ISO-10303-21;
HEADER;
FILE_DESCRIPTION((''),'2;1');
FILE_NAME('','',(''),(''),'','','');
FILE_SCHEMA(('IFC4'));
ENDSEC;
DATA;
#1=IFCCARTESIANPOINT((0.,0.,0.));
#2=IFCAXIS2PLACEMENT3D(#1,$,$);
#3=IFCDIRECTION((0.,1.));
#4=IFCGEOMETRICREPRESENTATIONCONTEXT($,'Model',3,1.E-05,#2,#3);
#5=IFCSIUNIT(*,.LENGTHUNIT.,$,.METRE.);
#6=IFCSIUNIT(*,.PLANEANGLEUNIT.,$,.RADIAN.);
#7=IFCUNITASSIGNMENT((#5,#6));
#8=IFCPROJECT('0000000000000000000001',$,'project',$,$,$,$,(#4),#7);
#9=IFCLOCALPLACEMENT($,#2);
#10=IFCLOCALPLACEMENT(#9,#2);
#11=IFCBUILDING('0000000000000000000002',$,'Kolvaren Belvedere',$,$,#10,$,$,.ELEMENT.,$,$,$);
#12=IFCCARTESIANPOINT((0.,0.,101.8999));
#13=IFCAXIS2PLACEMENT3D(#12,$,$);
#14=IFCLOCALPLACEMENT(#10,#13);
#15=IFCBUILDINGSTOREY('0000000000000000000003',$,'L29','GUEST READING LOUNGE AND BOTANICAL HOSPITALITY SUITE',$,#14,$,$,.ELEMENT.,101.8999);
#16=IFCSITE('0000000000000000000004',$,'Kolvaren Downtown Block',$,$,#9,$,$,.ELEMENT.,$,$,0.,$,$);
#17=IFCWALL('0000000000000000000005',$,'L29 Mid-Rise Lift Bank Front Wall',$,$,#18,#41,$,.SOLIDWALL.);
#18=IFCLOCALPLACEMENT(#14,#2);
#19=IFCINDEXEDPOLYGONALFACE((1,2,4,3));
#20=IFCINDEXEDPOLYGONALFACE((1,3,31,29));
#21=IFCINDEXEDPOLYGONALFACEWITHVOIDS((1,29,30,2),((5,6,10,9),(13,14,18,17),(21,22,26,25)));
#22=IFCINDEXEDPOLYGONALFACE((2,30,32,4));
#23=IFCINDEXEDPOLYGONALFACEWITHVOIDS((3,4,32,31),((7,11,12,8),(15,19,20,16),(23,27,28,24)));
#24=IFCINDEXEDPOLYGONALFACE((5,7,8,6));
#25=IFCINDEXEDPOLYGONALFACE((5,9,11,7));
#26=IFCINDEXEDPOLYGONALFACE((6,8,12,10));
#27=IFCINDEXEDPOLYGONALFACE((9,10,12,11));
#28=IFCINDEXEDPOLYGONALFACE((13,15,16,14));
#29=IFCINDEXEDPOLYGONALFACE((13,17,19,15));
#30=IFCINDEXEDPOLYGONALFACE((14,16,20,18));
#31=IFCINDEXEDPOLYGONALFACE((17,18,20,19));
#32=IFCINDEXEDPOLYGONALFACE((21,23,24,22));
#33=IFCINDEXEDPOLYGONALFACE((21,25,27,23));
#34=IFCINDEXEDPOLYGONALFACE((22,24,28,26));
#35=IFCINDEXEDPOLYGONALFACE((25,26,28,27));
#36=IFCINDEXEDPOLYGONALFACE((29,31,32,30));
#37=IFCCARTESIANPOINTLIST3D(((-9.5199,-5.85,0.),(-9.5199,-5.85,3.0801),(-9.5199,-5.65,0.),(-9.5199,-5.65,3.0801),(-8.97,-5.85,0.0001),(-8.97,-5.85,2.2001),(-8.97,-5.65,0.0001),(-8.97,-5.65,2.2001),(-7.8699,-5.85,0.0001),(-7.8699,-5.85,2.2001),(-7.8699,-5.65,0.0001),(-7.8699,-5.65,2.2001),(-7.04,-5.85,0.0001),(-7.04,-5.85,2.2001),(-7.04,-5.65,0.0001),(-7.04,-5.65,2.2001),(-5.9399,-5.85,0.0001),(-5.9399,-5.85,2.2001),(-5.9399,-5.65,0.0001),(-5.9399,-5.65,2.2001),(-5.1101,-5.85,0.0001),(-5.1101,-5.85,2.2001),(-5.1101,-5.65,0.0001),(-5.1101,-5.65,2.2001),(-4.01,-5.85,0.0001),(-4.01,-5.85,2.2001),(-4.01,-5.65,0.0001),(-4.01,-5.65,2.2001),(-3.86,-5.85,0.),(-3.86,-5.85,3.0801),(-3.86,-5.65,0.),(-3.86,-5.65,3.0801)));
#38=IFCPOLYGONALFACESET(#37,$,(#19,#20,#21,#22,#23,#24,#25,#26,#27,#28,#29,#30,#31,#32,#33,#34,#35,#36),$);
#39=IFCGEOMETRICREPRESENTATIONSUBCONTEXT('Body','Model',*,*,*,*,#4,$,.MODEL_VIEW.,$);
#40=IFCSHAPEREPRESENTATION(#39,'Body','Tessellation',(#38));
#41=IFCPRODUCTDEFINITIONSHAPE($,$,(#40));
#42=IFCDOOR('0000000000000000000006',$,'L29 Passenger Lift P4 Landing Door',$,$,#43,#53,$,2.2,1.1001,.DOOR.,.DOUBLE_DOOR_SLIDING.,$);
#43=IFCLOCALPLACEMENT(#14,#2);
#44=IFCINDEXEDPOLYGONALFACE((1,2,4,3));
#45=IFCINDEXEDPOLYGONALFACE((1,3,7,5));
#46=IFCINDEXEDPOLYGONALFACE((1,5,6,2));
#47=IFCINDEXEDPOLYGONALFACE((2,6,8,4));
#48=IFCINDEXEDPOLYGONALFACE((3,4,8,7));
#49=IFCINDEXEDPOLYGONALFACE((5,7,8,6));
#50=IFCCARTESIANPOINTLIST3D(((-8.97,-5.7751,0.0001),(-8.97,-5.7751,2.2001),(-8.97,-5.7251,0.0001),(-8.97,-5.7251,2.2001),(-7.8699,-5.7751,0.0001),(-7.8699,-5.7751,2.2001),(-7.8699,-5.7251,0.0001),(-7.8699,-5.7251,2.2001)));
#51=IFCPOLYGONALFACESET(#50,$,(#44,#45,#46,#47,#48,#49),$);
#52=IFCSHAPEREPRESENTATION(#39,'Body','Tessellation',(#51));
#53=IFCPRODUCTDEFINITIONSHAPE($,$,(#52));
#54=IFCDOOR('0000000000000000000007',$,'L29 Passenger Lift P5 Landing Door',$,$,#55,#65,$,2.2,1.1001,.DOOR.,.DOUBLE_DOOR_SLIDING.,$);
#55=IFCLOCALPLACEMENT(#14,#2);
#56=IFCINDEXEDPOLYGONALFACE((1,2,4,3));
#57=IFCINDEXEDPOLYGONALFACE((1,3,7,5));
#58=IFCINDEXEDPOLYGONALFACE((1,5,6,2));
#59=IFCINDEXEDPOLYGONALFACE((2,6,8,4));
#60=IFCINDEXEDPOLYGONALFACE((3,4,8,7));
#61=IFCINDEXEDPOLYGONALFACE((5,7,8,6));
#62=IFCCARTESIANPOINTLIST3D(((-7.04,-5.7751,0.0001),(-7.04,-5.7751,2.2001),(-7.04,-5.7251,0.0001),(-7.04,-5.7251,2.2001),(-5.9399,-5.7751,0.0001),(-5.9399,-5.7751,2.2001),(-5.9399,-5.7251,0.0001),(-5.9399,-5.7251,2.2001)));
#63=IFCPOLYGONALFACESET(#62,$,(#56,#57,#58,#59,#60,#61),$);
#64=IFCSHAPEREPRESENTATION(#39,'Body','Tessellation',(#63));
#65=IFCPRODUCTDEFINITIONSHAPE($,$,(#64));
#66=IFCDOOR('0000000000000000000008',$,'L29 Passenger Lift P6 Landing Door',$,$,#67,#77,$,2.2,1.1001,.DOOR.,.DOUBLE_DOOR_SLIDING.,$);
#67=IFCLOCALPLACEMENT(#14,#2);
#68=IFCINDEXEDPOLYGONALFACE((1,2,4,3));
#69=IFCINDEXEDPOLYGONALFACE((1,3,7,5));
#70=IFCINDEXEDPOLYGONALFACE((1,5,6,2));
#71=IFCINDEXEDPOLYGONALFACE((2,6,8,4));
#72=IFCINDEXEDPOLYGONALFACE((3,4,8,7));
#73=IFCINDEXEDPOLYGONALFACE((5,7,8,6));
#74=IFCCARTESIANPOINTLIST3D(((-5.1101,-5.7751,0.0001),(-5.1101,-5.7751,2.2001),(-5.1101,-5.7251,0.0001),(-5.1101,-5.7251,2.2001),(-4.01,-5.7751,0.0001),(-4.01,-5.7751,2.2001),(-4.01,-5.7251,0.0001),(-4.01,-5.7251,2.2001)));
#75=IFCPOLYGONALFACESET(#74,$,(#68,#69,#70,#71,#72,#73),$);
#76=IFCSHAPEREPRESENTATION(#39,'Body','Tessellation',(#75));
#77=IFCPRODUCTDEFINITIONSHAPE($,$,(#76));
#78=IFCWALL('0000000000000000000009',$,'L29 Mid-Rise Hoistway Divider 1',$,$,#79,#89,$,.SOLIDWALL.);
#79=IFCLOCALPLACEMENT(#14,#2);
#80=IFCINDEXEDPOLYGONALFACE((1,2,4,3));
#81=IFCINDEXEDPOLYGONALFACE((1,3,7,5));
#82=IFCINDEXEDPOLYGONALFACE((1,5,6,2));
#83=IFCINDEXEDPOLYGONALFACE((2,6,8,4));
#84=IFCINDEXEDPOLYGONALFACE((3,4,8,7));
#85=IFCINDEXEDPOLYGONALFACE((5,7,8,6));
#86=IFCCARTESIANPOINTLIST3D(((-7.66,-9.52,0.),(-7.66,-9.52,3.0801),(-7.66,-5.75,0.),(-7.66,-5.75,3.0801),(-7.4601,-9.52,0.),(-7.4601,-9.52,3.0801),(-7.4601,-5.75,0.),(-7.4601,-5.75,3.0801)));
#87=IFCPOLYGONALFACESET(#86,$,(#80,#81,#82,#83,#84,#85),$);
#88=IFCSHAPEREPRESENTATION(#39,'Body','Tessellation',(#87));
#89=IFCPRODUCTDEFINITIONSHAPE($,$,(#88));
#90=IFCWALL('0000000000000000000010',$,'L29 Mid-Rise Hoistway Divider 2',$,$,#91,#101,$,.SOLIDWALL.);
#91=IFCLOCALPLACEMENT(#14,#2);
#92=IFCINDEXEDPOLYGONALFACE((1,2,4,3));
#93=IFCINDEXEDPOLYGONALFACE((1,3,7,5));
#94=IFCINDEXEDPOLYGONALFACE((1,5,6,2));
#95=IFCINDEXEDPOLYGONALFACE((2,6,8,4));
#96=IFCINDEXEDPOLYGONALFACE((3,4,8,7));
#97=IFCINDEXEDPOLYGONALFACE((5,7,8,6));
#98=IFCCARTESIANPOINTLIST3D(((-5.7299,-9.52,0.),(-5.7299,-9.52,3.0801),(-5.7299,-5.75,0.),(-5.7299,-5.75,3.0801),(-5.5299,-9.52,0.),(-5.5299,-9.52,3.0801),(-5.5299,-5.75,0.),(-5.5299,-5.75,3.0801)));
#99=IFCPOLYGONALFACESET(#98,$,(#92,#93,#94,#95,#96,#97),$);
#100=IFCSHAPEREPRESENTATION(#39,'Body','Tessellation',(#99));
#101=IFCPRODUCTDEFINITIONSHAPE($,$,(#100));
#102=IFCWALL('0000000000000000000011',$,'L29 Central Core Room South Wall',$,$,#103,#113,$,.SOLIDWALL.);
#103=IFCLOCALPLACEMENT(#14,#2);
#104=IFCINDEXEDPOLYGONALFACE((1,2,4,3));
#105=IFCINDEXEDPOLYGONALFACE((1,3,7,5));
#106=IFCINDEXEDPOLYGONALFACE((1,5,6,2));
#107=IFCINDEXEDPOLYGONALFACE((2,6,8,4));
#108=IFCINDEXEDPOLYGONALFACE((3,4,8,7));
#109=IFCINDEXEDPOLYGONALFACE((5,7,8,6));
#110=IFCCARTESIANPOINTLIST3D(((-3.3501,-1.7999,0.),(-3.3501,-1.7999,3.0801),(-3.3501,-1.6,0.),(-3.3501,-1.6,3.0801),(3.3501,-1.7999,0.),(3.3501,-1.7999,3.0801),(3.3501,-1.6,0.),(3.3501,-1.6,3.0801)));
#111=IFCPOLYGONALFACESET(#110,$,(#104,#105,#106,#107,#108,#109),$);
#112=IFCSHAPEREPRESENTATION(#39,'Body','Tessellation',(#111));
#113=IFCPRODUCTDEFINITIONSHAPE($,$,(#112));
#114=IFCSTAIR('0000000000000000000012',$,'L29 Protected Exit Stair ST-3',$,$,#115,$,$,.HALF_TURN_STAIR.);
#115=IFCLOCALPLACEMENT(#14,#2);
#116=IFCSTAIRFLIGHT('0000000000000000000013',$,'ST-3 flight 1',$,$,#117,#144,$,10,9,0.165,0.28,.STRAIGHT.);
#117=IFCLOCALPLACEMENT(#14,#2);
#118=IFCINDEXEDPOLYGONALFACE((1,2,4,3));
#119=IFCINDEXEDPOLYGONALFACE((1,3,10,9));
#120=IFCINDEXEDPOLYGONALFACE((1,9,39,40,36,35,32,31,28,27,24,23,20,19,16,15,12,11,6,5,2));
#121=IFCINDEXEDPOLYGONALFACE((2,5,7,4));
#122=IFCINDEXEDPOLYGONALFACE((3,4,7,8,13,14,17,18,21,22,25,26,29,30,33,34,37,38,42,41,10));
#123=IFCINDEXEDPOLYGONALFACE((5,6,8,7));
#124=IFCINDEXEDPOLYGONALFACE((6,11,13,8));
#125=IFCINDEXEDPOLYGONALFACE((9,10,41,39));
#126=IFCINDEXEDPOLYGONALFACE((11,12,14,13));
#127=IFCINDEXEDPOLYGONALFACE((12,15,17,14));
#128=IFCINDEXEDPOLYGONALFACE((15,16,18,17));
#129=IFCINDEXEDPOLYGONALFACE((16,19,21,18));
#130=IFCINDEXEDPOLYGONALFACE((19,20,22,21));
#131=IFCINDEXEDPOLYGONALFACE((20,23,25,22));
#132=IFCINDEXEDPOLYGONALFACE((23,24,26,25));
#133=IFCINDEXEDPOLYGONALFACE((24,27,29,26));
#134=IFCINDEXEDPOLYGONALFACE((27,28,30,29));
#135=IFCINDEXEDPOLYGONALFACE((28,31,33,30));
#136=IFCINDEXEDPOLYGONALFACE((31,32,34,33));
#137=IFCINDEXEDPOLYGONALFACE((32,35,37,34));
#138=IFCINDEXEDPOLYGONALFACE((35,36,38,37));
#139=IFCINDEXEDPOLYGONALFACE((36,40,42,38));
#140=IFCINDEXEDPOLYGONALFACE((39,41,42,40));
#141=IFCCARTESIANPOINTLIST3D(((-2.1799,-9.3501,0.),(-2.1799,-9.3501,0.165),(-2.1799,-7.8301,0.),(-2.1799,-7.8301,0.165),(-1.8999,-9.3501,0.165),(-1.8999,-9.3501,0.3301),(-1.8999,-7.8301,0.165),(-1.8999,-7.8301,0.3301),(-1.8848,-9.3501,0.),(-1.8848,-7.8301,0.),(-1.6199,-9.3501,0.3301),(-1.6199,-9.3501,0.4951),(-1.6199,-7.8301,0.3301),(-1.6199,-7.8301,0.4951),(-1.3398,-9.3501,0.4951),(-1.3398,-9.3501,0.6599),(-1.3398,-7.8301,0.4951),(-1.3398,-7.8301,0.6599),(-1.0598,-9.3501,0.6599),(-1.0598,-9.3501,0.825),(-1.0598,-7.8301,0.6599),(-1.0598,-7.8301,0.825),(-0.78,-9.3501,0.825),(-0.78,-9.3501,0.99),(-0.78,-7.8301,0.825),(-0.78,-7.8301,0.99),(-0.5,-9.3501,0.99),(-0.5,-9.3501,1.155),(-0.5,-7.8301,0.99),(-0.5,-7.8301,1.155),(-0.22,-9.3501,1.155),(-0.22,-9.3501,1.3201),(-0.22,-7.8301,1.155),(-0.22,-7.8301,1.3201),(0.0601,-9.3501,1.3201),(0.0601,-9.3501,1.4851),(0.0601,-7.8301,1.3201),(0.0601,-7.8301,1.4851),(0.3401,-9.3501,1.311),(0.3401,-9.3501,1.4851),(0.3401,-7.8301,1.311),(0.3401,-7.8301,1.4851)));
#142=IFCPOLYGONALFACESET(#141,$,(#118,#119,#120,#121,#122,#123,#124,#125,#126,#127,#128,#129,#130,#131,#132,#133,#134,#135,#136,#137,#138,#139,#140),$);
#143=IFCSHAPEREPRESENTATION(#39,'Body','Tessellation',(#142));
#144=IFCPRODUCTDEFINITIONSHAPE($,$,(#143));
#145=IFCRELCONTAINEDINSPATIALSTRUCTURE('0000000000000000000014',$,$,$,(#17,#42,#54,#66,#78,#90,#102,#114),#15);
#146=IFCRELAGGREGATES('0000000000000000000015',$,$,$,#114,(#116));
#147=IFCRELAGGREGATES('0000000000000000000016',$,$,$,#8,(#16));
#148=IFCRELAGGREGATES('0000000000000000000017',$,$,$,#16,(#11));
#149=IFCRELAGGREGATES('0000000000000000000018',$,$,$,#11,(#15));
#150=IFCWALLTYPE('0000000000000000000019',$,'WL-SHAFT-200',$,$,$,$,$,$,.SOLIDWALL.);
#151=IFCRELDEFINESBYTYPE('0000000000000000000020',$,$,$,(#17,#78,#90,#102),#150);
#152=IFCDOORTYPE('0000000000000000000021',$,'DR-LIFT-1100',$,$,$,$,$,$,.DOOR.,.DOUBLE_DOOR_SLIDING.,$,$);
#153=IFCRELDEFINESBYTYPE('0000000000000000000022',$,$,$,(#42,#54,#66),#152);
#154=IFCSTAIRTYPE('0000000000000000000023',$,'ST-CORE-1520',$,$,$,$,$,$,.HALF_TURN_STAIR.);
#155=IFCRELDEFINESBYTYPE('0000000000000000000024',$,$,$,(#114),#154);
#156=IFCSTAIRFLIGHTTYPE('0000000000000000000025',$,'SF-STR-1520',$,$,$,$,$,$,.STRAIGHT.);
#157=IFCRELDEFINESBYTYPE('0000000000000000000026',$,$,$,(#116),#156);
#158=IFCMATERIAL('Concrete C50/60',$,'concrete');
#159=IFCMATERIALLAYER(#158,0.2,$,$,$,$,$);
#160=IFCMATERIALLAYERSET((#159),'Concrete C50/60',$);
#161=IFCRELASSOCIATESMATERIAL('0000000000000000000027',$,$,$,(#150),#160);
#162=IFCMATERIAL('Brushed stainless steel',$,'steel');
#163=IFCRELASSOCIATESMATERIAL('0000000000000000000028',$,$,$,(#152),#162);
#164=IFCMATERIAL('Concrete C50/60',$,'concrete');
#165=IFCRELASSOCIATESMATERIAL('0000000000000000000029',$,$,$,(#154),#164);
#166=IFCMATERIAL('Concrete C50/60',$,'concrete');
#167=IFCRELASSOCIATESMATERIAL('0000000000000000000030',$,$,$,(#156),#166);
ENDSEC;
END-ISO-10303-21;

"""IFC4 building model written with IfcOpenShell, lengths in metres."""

from ifc_helpers import new_model, si_unit, direction, frame, frame_2d, origin, place, context, subcontext, project, spatial, polyline, rectangle, outline, extrude, material, layer, layer_set, type_object, element, fill, aggregate, save


model = new_model("IFC4")

# Units and contexts
model_context = context("Model", 3, precision=1e-05, world=origin(), true_north=direction((0.0, 1.0)))
body_context = subcontext(model_context, "Body", "Model", "MODEL_VIEW")
ifc_project = project(units=[si_unit("LENGTHUNIT", "METRE"), si_unit("PLANEANGLEUNIT", "RADIAN")], contexts=[model_context])

# Site, building, storey
site_placement = place(None, origin())
site = spatial("IfcSite", under=ifc_project, at=site_placement, Name="Kolvaren Downtown Block", CompositionType="ELEMENT", RefElevation=0.0)
building_placement = place(site_placement, origin())
building = spatial("IfcBuilding", under=site, at=building_placement, Name="Kolvaren Belvedere", CompositionType="ELEMENT")
storey_placement = place(building_placement, frame((0.0, 0.0, 101.8999)))
storey = spatial("IfcBuildingStorey", under=building, at=storey_placement, Name="L29", Description="GUEST READING LOUNGE AND BOTANICAL HOSPITALITY SUITE", CompositionType="ELEMENT", Elevation=101.8999)

# Shared definitions
ifc_material_1 = material(Name="Concrete C50/60", Category="concrete")
ifc_layer_1 = layer(ifc_material_1, 0.2)
ifc_layer_set_1 = layer_set([ifc_layer_1], Name="Concrete C50/60")
wall_type_1 = type_object("IfcWallType", Name="WL-SHAFT-200", PredefinedType="SOLIDWALL", material=ifc_layer_set_1)
ifc_material_2 = material(Name="Brushed stainless steel", Category="steel")
door_type_1 = type_object("IfcDoorType", Name="DR-LIFT-1100", OperationType="DOUBLE_DOOR_SLIDING", PredefinedType="DOOR", material=ifc_material_2)

# Wall, openings, doors
wall_1_placement = place(storey_placement, frame((-9.52, -5.75, 0.0), z_axis=(0.0, 0.0, 1.0), x_axis=(1.0, 0.0, 0.0)))
wall_1 = element("IfcWall", 1, at=wall_1_placement, inside=storey, type_object=wall_type_1, Name="L29 Mid-Rise Lift Bank Front Wall", PredefinedType="SOLIDWALL", context=body_context, shape_type="SweptSolid", body=[
    extrude(rectangle(XDim=5.6599, YDim=0.2, at=frame_2d((2.8301, 0.0))), origin(), (0.0, 0.0, 1.0), 3.0801),
])
opening_1_placement = place(wall_1_placement, frame((0.55, 0.0, 0.0)))
opening_1 = element("IfcOpeningElement", 2, at=opening_1_placement, cuts=wall_1, PredefinedType="OPENING", context=body_context, shape_type="SweptSolid", body=[
    extrude(rectangle(XDim=1.1001, YDim=2.2, at=frame_2d((0.55, 1.1001))), frame((0.0, 0.1099, 0.0), z_axis=(0.0, -1.0, 0.0), x_axis=(1.0, 0.0, 0.0)), (0.0, 0.0, 1.0), 0.22),
])
opening_2_placement = place(wall_1_placement, frame((2.48, 0.0, 0.0)))
opening_2 = element("IfcOpeningElement", 3, at=opening_2_placement, cuts=wall_1, PredefinedType="OPENING", context=body_context, shape_type="SweptSolid", body=[
    extrude(rectangle(XDim=1.1001, YDim=2.2, at=frame_2d((0.55, 1.1001))), frame((0.0, 0.1099, 0.0), z_axis=(0.0, -1.0, 0.0), x_axis=(1.0, 0.0, 0.0)), (0.0, 0.0, 1.0), 0.22),
])
opening_3_placement = place(wall_1_placement, frame((4.4099, 0.0, 0.0)))
opening_3 = element("IfcOpeningElement", 4, at=opening_3_placement, cuts=wall_1, PredefinedType="OPENING", context=body_context, shape_type="SweptSolid", body=[
    extrude(rectangle(XDim=1.1001, YDim=2.2, at=frame_2d((0.55, 1.1001))), frame((0.0, 0.1099, 0.0), z_axis=(0.0, -1.0, 0.0), x_axis=(1.0, 0.0, 0.0)), (0.0, 0.0, 1.0), 0.22),
])
door_1_placement = place(opening_1_placement, origin())
door_1 = element("IfcDoor", 5, at=door_1_placement, inside=storey, type_object=door_type_1, Name="L29 Passenger Lift P4 Landing Door", OperationType="DOUBLE_DOOR_SLIDING", OverallHeight=2.2, OverallWidth=1.1001, PredefinedType="DOOR", context=body_context, shape_type="SweptSolid", body=[
    extrude(rectangle(XDim=1.1001, YDim=2.2, at=frame_2d((0.55, 1.1001))), frame((0.0, 0.0249, 0.0), z_axis=(0.0, -1.0, 0.0), x_axis=(1.0, 0.0, 0.0)), (0.0, 0.0, 1.0), 0.05),
])
fill(opening_1, door_1)
door_2_placement = place(opening_2_placement, origin())
door_2 = element("IfcDoor", 6, at=door_2_placement, inside=storey, type_object=door_type_1, Name="L29 Passenger Lift P5 Landing Door", OperationType="DOUBLE_DOOR_SLIDING", OverallHeight=2.2, OverallWidth=1.1001, PredefinedType="DOOR", context=body_context, shape_type="SweptSolid", body=[
    extrude(rectangle(XDim=1.1001, YDim=2.2, at=frame_2d((0.55, 1.1001))), frame((0.0, 0.0249, 0.0), z_axis=(0.0, -1.0, 0.0), x_axis=(1.0, 0.0, 0.0)), (0.0, 0.0, 1.0), 0.05),
])
fill(opening_2, door_2)
door_3_placement = place(opening_3_placement, origin())
door_3 = element("IfcDoor", 7, at=door_3_placement, inside=storey, type_object=door_type_1, Name="L29 Passenger Lift P6 Landing Door", OperationType="DOUBLE_DOOR_SLIDING", OverallHeight=2.2, OverallWidth=1.1001, PredefinedType="DOOR", context=body_context, shape_type="SweptSolid", body=[
    extrude(rectangle(XDim=1.1001, YDim=2.2, at=frame_2d((0.55, 1.1001))), frame((0.0, 0.0249, 0.0), z_axis=(0.0, -1.0, 0.0), x_axis=(1.0, 0.0, 0.0)), (0.0, 0.0, 1.0), 0.05),
])
fill(opening_3, door_3)

# Walls
for number, where, z_axis, x_axis, name in (
    (8, (-7.5601, -9.52, 0.0), (0.0, 0.0, 1.0), (0.0, 1.0, 0.0), "L29 Mid-Rise Hoistway Divider 1"),
    (9, (-5.6299, -9.52, 0.0), (0.0, 0.0, 1.0), (0.0, 1.0, 0.0), "L29 Mid-Rise Hoistway Divider 2"),
):
    element("IfcWall", number, at=place(storey_placement, frame(where, z_axis=z_axis, x_axis=x_axis)), inside=storey, type_object=wall_type_1, Name=name, PredefinedType="SOLIDWALL", context=body_context, shape_type="SweptSolid", body=[
        extrude(rectangle(XDim=3.77, YDim=0.2, at=frame_2d((1.885, 0.0))), origin(), (0.0, 0.0, 1.0), 3.0801),
    ])
wall_2_placement = place(storey_placement, frame((-3.3501, -1.7, 0.0), z_axis=(0.0, 0.0, 1.0), x_axis=(1.0, 0.0, 0.0)))
element("IfcWall", 10, at=wall_2_placement, inside=storey, type_object=wall_type_1, Name="L29 Central Core Room South Wall", PredefinedType="SOLIDWALL", context=body_context, shape_type="SweptSolid", body=[
    extrude(rectangle(XDim=6.7002, YDim=0.2, at=frame_2d((3.3501, 0.0))), origin(), (0.0, 0.0, 1.0), 3.0801),
])

# Stair, stair flight
ifc_material_3 = material(Name="Concrete C50/60", Category="concrete")
stair_type = type_object("IfcStairType", Name="ST-CORE-1520", PredefinedType="HALF_TURN_STAIR", material=ifc_material_3)
stair_placement = place(storey_placement, origin())
stair = element("IfcStair", 11, at=stair_placement, inside=storey, type_object=stair_type, Name="L29 Protected Exit Stair ST-3", PredefinedType="HALF_TURN_STAIR")
ifc_material_4 = material(Name="Concrete C50/60", Category="concrete")
stair_flight_type = type_object("IfcStairFlightType", Name="SF-STR-1520", PredefinedType="STRAIGHT", material=ifc_material_4)
stair_flight_placement = place(storey_placement, frame((-2.1799, -8.5901, 0.0), z_axis=(0.0, 0.0, 1.0), x_axis=(1.0, 0.0, 0.0)))
stair_flight = element("IfcStairFlight", 12, at=stair_flight_placement, type_object=stair_flight_type, Name="ST-3 flight 1", NumberOfRisers=10, NumberOfTreads=9, PredefinedType="STRAIGHT", RiserHeight=0.165, TreadLength=0.28, context=body_context, shape_type="SweptSolid", body=[
    extrude(outline(polyline([(0.0, 0.0), (0.0, 0.165), (0.28, 0.165), (0.28, 0.3301), (0.5601, 0.3301), (0.5601, 0.4951), (0.8401, 0.4951), (0.8401, 0.6599), (1.1201, 0.6599), (1.1201, 0.825), (1.3999, 0.825), (1.3999, 0.99), (1.6799, 0.99), (1.6799, 1.155), (1.96, 1.155), (1.96, 1.3201), (2.24, 1.3201), (2.24, 1.4851), (2.52, 1.4851), (2.52, 1.6499), (2.52, 1.311), (0.2952, 0.0), (0.0, 0.0)])), frame((0.0, 0.76, 0.0), z_axis=(0.0, -1.0, 0.0), x_axis=(1.0, 0.0, 0.0)), (0.0, 0.0, 1.0), 1.52),
])
aggregate(stair, [stair_flight])

save(model, "model.ifc")
